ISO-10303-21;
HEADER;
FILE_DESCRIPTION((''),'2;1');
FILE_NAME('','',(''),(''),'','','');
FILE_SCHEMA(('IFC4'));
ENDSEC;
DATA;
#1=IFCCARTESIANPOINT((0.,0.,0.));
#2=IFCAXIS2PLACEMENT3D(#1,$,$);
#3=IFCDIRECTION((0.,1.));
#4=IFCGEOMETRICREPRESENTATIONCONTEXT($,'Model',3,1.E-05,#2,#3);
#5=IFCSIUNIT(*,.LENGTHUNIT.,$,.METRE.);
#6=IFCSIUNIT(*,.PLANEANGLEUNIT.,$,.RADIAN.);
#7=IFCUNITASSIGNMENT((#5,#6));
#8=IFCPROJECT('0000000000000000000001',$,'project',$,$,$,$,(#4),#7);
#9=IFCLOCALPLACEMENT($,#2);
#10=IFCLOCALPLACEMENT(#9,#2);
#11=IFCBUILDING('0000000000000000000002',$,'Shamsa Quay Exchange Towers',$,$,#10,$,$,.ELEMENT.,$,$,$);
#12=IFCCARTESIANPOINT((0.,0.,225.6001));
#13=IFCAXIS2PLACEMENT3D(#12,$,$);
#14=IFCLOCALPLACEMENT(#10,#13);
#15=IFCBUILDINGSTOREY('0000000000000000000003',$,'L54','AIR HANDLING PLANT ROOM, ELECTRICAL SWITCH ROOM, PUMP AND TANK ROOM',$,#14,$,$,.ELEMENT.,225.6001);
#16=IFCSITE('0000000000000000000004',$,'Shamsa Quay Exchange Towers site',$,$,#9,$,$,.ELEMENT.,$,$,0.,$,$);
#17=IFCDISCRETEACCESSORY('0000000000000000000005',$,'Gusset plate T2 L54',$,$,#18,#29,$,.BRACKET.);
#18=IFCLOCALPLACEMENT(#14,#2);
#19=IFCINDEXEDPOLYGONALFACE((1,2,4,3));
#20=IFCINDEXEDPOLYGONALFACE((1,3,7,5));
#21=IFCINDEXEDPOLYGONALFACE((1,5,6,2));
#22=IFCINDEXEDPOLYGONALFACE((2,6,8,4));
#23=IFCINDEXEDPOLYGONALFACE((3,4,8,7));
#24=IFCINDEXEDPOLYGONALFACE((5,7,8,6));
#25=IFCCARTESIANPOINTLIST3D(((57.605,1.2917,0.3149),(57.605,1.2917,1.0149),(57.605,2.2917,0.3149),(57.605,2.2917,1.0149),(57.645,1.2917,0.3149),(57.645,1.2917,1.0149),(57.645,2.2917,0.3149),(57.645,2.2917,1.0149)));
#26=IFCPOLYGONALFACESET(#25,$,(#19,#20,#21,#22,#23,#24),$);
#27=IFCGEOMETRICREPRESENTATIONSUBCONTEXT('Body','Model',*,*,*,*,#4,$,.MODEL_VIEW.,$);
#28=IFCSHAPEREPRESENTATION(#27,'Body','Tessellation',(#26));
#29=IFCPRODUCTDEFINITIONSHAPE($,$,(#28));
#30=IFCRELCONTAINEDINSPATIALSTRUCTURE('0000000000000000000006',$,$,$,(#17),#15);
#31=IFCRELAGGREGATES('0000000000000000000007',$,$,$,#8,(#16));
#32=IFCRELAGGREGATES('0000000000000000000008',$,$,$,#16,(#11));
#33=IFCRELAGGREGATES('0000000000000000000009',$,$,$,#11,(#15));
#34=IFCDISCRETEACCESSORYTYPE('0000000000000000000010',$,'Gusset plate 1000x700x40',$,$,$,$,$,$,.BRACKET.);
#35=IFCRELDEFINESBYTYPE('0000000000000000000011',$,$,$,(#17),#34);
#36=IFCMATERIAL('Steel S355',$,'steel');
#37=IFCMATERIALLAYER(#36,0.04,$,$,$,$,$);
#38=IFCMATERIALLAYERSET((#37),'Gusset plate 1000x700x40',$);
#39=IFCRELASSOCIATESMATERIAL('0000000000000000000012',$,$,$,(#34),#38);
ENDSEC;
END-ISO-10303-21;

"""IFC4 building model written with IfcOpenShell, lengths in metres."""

from ifc_helpers import new_model, si_unit, direction, frame, origin, origin_2d, place, context, subcontext, project, spatial, rectangle, extrude, material, layer, layer_set, type_object, element, save


model = new_model("IFC4")

# Units and contexts
model_context = context("Model", 3, precision=1e-05, world=origin(), true_north=direction((0.0, 1.0)))
body_context = subcontext(model_context, "Body", "Model", "MODEL_VIEW")
ifc_project = project(units=[si_unit("LENGTHUNIT", "METRE"), si_unit("PLANEANGLEUNIT", "RADIAN")], contexts=[model_context])

# Site, building, storey
site_placement = place(None, origin())
site = spatial("IfcSite", under=ifc_project, at=site_placement, Name="Shamsa Quay Exchange Towers site", CompositionType="ELEMENT", RefElevation=0.0)
building_placement = place(site_placement, origin())
building = spatial("IfcBuilding", under=site, at=building_placement, Name="Shamsa Quay Exchange Towers", CompositionType="ELEMENT")
storey_placement = place(building_placement, frame((0.0, 0.0, 225.6001)))
storey = spatial("IfcBuildingStorey", under=building, at=storey_placement, Name="L54", Description="AIR HANDLING PLANT ROOM, ELECTRICAL SWITCH ROOM, PUMP AND TANK ROOM", CompositionType="ELEMENT", Elevation=225.6001)

# Shared definitions
ifc_material_1 = material(Name="Steel S355", Category="steel")

# Discrete accessory
ifc_layer_1 = layer(ifc_material_1, 0.04)
ifc_layer_set_1 = layer_set([ifc_layer_1], Name="Gusset plate 1000x700x40")
discrete_accessory_type_1 = type_object("IfcDiscreteAccessoryType", Name="Gusset plate 1000x700x40", PredefinedType="BRACKET", material=ifc_layer_set_1)
discrete_accessory_placement = place(storey_placement, frame((57.625, 1.7917, 0.3149), z_axis=(0.0, 0.0, 1.0), x_axis=(0.0, 1.0, 0.0)))
element("IfcDiscreteAccessory", 1, at=discrete_accessory_placement, inside=storey, type_object=discrete_accessory_type_1, Name="Gusset plate T2 L54", PredefinedType="BRACKET", context=body_context, shape_type="SweptSolid", body=[
    extrude(rectangle(XDim=1.0, YDim=0.04, at=origin_2d()), origin(), (0.0, 0.0, 1.0), 0.7),
])

save(model, "model.ifc")
